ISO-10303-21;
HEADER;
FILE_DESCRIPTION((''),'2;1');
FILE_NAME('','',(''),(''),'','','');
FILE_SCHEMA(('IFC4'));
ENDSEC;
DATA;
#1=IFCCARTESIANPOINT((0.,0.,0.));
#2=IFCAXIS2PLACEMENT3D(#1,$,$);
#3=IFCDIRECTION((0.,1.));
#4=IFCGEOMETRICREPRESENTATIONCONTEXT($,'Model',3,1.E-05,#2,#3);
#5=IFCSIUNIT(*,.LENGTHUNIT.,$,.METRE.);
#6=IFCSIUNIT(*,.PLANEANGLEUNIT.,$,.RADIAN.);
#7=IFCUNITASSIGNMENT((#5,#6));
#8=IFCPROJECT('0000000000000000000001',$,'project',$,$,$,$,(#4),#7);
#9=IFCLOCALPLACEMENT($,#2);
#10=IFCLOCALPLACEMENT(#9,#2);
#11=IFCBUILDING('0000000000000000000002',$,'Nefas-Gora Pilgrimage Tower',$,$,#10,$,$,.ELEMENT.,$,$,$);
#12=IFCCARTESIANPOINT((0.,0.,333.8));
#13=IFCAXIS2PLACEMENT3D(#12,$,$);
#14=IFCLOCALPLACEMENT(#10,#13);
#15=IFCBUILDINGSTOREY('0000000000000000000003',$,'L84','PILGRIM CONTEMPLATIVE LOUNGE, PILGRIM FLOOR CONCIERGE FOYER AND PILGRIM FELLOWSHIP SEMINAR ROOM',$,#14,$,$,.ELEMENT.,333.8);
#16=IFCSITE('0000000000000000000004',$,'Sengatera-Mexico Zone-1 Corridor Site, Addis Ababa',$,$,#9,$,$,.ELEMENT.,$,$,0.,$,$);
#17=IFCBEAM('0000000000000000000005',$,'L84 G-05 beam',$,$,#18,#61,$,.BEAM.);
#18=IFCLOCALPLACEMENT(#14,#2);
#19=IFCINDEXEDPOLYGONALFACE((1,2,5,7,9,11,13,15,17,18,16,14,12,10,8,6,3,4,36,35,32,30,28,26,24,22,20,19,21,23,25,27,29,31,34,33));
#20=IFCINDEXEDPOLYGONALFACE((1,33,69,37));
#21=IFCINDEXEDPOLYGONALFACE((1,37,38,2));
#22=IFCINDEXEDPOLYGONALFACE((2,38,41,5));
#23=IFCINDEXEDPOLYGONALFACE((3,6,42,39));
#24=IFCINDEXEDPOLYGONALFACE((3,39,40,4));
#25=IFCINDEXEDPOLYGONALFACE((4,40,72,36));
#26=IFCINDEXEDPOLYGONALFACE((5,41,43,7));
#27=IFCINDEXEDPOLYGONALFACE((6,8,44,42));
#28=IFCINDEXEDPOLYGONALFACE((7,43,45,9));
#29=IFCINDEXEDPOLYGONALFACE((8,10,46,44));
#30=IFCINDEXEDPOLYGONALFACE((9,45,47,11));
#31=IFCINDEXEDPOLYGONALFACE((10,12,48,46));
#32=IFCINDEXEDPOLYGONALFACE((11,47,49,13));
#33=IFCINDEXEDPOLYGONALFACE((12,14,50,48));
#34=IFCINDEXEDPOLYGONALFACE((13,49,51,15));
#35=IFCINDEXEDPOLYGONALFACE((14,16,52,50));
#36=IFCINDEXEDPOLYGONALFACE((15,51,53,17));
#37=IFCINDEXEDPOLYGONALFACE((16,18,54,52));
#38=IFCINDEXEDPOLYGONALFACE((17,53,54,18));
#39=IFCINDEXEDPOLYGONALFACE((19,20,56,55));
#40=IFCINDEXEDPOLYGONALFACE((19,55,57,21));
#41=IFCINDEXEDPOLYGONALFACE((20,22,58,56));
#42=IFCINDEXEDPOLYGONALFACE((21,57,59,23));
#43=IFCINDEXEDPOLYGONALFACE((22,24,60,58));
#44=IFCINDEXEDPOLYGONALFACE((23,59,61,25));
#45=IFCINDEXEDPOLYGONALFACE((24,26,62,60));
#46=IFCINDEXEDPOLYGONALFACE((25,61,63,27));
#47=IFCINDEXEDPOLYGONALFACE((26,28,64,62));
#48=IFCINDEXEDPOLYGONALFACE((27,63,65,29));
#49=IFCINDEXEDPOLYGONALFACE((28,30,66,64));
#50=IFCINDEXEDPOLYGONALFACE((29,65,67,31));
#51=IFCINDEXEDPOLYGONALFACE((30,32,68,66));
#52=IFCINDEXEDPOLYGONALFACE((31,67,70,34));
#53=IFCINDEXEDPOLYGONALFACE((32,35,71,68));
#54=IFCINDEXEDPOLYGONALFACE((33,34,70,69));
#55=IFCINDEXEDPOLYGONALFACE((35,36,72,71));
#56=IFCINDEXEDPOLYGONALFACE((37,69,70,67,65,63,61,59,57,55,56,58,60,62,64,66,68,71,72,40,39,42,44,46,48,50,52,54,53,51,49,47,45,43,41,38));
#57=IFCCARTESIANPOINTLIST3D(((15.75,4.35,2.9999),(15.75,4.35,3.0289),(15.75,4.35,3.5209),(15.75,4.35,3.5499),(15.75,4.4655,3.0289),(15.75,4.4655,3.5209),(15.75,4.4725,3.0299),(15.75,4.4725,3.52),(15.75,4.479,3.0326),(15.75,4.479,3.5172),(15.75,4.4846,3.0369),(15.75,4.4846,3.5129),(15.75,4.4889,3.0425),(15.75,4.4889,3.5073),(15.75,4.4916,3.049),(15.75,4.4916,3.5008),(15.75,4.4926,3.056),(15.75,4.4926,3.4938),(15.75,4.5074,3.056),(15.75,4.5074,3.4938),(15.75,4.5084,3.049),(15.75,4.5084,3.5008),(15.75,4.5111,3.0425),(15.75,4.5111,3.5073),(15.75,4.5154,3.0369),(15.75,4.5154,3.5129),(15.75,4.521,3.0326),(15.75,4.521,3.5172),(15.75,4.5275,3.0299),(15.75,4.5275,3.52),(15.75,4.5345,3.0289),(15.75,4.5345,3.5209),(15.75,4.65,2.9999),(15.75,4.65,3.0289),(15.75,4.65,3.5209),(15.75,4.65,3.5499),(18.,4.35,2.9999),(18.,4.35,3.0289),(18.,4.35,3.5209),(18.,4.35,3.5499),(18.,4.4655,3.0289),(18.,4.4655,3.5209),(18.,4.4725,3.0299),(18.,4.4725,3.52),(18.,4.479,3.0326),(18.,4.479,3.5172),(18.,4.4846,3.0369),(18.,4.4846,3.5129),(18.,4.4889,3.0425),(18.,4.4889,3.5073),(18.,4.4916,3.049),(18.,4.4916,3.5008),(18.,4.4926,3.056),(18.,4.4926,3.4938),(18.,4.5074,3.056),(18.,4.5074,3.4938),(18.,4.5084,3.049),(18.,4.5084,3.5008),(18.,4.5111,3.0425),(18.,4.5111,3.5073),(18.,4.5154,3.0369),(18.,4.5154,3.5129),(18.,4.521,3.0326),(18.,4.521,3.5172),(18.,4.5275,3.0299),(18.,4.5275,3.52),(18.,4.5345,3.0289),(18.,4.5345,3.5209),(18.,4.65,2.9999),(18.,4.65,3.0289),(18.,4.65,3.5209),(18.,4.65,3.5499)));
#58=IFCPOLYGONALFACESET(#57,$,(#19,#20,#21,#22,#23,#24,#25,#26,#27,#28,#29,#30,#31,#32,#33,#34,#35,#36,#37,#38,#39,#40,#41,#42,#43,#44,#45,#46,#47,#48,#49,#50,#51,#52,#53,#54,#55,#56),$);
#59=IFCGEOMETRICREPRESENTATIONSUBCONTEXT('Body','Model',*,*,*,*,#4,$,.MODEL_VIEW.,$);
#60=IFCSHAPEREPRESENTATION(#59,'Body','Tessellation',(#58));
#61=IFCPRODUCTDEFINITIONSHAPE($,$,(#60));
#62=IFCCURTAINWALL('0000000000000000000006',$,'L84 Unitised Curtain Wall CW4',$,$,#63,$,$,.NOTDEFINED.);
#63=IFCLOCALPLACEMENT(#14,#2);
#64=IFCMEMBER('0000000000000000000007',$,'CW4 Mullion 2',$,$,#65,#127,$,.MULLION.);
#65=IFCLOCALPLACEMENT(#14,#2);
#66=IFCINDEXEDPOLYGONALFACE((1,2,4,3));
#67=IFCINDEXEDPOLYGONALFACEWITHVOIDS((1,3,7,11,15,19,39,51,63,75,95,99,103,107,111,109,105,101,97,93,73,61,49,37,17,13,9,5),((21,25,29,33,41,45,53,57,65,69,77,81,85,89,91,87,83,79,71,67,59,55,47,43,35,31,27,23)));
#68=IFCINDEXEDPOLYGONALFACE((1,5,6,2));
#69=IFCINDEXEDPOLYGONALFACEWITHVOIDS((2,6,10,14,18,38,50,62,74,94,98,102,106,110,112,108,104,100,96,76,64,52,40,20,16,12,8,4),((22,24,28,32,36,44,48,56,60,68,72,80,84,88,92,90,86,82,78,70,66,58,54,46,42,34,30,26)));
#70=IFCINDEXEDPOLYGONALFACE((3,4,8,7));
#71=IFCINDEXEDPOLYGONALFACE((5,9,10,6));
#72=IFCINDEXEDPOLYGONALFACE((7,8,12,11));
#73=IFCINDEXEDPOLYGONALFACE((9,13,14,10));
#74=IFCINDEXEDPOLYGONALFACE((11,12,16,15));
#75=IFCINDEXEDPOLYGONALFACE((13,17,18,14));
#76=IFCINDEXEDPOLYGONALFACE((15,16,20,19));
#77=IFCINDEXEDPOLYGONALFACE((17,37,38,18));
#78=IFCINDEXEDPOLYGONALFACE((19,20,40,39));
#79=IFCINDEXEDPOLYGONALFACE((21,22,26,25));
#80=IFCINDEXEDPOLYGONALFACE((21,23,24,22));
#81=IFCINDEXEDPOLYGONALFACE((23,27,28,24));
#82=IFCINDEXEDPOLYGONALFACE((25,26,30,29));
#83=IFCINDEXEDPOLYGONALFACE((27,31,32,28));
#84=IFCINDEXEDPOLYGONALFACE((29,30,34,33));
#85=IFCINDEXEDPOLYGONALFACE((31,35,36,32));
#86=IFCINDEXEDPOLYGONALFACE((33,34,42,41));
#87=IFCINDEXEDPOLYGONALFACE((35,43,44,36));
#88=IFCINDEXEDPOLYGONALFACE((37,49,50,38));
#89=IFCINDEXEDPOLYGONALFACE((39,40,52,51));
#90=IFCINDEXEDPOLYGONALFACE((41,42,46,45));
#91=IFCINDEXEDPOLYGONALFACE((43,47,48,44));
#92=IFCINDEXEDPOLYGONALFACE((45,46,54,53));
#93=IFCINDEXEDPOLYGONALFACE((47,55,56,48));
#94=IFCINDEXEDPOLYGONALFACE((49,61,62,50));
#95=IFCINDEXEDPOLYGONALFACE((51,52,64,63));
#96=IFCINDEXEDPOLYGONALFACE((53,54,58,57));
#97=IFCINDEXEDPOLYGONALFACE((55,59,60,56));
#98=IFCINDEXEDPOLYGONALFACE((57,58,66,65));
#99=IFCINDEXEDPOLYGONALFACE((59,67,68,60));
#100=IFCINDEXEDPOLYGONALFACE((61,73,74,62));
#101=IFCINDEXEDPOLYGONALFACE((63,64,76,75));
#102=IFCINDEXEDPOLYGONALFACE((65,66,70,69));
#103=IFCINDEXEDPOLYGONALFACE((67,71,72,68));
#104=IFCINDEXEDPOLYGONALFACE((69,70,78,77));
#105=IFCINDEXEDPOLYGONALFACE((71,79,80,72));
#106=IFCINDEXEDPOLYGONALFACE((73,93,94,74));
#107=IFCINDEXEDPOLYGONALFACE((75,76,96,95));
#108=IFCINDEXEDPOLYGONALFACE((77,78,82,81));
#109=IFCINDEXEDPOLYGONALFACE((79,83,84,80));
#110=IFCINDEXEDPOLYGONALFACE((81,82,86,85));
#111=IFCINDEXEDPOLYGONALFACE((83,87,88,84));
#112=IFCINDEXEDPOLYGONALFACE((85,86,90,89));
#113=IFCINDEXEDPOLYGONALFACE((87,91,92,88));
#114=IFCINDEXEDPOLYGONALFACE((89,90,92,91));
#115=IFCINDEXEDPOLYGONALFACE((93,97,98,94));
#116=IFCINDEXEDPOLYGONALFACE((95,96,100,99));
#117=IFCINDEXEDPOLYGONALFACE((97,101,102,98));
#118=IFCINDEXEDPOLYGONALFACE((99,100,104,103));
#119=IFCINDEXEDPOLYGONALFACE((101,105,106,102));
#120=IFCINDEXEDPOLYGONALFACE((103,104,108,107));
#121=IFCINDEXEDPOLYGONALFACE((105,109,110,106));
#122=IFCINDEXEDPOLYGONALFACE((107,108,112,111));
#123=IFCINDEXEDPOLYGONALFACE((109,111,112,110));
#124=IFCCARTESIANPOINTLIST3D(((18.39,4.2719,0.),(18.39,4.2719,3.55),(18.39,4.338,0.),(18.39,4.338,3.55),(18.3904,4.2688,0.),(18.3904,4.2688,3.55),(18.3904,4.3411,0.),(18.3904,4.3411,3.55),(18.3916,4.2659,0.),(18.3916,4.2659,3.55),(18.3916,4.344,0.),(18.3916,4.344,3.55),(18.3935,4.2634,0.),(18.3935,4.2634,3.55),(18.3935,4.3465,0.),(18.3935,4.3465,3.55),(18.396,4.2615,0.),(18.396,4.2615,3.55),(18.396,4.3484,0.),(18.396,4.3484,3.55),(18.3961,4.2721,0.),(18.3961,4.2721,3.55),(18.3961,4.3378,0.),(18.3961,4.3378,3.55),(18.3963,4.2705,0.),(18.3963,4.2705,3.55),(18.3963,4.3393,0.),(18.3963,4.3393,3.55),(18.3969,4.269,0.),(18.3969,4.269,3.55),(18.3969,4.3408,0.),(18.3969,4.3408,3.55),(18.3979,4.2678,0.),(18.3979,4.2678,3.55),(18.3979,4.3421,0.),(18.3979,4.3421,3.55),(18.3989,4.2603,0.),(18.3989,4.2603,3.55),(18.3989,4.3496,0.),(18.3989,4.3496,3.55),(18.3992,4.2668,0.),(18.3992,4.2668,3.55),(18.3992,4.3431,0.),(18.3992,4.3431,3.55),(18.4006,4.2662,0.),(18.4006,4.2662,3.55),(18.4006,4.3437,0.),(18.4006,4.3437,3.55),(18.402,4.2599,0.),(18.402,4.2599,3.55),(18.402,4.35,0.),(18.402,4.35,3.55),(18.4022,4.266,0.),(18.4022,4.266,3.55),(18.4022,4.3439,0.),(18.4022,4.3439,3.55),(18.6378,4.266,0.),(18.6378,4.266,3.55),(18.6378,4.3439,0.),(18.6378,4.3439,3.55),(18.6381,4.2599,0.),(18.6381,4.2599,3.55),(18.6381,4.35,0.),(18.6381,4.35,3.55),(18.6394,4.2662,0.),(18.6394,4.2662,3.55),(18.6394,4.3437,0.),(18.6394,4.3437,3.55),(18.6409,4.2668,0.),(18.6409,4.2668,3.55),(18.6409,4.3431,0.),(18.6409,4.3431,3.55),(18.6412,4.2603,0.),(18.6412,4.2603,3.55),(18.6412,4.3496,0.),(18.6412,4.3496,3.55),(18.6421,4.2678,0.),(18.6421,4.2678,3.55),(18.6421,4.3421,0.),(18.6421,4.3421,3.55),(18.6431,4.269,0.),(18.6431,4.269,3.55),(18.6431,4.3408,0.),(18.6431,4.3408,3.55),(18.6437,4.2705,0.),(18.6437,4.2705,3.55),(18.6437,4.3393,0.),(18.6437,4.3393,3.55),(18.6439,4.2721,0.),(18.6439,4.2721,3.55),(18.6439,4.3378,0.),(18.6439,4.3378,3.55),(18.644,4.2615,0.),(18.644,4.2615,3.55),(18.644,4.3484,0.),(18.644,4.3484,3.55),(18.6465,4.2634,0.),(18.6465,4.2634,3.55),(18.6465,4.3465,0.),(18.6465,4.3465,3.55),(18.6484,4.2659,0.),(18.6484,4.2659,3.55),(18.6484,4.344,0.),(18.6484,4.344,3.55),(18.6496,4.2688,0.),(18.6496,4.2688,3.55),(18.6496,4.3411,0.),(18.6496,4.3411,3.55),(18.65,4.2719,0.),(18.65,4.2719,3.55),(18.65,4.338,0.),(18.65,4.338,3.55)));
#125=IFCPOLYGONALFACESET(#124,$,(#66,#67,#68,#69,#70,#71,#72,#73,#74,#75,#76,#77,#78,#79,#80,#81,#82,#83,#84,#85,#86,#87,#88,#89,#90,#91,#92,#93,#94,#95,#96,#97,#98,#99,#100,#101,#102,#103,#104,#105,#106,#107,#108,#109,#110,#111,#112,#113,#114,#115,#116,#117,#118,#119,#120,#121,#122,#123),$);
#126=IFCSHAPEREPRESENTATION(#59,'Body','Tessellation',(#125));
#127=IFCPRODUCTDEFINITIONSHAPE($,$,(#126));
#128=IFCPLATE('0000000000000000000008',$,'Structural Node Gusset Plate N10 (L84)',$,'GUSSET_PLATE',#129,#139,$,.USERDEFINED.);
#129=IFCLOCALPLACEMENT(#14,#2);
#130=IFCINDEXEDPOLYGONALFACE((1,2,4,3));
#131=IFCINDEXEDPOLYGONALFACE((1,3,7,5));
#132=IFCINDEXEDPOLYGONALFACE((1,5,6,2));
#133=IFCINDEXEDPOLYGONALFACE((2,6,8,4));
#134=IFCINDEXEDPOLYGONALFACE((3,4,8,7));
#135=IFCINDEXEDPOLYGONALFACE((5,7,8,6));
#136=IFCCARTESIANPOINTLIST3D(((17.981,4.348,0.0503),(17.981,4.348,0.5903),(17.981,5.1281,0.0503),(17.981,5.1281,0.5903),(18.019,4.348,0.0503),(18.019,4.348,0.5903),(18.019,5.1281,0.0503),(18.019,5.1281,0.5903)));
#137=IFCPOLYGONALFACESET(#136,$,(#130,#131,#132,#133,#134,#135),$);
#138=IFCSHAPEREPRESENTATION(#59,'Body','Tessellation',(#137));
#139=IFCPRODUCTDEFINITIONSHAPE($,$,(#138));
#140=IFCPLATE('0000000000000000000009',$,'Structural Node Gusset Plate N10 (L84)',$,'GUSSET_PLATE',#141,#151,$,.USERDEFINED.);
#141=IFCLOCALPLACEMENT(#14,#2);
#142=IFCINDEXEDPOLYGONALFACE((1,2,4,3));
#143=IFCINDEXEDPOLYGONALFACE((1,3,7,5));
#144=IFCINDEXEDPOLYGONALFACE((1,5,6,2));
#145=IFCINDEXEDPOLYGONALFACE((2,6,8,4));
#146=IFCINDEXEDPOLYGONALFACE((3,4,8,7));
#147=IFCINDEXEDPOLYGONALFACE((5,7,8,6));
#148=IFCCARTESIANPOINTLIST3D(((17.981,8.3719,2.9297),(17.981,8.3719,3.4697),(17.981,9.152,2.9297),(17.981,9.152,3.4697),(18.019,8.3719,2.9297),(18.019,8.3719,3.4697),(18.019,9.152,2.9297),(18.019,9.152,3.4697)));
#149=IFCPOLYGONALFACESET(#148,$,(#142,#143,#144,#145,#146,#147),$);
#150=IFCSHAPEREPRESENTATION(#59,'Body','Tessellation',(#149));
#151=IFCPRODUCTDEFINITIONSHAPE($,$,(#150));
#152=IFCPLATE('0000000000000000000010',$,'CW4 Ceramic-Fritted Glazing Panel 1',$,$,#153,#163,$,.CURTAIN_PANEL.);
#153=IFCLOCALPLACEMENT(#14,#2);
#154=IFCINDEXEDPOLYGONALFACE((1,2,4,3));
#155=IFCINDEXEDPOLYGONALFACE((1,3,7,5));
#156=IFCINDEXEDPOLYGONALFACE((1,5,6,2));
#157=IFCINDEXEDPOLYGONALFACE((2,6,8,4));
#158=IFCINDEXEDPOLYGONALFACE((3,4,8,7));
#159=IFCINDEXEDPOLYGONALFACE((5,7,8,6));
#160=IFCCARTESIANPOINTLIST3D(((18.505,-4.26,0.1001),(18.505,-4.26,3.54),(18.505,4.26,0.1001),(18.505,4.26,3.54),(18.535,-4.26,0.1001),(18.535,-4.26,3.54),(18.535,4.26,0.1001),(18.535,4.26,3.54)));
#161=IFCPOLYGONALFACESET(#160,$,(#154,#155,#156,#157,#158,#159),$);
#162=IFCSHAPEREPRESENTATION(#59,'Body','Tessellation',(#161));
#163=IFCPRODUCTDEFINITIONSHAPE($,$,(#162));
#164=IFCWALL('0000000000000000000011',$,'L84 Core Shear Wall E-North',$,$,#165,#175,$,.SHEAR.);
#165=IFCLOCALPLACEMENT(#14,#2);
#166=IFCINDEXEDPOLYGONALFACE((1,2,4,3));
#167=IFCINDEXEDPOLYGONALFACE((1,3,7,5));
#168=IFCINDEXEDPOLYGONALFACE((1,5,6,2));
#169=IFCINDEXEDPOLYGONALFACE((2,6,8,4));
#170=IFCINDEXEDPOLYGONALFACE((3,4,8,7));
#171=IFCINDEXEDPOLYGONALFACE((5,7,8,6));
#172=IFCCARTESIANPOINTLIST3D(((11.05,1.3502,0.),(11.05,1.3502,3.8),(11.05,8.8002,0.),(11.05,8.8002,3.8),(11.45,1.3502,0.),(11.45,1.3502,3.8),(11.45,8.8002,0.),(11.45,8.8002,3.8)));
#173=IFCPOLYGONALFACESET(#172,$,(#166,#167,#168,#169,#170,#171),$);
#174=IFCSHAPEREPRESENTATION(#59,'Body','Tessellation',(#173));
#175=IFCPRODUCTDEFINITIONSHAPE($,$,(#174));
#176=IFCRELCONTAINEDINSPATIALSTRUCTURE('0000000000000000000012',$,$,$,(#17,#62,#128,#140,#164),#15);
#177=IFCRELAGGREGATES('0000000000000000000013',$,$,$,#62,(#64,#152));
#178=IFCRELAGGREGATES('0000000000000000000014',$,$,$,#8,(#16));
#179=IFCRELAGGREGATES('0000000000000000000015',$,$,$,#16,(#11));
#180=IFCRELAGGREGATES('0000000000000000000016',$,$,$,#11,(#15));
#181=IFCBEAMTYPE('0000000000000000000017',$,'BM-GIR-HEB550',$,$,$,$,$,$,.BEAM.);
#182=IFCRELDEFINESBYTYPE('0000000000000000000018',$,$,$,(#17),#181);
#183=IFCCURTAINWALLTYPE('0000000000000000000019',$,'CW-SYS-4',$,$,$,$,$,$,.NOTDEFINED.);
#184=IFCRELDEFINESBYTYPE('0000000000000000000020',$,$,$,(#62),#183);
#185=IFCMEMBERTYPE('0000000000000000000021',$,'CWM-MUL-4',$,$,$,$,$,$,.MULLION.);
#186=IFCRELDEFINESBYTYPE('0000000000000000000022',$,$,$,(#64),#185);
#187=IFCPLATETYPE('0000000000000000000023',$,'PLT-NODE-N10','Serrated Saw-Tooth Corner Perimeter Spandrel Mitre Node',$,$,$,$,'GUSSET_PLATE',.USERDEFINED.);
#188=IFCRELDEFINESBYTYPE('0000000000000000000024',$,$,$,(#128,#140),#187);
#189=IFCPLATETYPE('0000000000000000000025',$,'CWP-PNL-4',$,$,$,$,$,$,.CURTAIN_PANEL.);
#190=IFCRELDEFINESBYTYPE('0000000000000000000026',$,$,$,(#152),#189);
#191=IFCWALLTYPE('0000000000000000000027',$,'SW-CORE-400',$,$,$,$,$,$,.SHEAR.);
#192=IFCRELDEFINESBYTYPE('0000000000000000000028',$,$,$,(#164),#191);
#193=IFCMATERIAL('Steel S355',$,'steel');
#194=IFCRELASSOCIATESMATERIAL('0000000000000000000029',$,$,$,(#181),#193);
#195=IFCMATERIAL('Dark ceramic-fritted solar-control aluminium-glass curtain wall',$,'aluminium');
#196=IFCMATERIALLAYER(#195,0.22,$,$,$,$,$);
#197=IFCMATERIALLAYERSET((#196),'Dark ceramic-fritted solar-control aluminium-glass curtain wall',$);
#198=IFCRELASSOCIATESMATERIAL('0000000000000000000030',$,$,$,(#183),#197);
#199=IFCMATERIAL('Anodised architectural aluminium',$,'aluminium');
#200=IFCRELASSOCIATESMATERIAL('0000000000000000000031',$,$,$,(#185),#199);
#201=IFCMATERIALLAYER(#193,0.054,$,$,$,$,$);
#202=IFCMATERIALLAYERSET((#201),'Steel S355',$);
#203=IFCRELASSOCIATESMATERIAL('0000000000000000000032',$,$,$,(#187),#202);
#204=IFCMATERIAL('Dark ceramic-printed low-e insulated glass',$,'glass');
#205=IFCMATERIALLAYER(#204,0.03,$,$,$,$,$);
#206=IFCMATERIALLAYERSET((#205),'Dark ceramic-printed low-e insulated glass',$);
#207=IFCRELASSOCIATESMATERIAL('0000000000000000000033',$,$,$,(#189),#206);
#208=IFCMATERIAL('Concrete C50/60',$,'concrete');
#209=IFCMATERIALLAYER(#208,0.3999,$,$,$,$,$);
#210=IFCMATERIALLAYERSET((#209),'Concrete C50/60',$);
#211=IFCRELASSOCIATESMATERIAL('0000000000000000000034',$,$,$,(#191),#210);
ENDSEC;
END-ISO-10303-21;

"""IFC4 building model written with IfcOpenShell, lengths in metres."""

from ifc_helpers import new_model, si_unit, direction, frame, frame_2d, origin, origin_2d, place, context, subcontext, project, spatial, rectangle, hollow_rectangle, i_section, extrude, source, transform, mapped, material, layer, layer_set, material_profile, profile_set, type_object, element, aggregate, save


model = new_model("IFC4")

# Units and contexts
model_context = context("Model", 3, precision=1e-05, world=origin(), true_north=direction((0.0, 1.0)))
body_context = subcontext(model_context, "Body", "Model", "MODEL_VIEW")
ifc_project = project(units=[si_unit("LENGTHUNIT", "METRE"), si_unit("PLANEANGLEUNIT", "RADIAN")], contexts=[model_context])

# Site, building, storey
site_placement = place(None, origin())
site = spatial("IfcSite", under=ifc_project, at=site_placement, Name="Sengatera-Mexico Zone-1 Corridor Site, Addis Ababa", CompositionType="ELEMENT", RefElevation=0.0)
building_placement = place(site_placement, origin())
building = spatial("IfcBuilding", under=site, at=building_placement, Name="Nefas-Gora Pilgrimage Tower", CompositionType="ELEMENT")
storey_placement = place(building_placement, frame((0.0, 0.0, 333.8)))
storey = spatial("IfcBuildingStorey", under=building, at=storey_placement, Name="L84", Description="PILGRIM CONTEMPLATIVE LOUNGE, PILGRIM FLOOR CONCIERGE FOYER AND PILGRIM FELLOWSHIP SEMINAR ROOM", CompositionType="ELEMENT", Elevation=333.8)

# Shared definitions
ifc_material_1 = material(Name="Steel S355", Category="steel")

# Beam
ifc_material_profile_1 = material_profile(ifc_material_1, i_section(OverallWidth=0.3, OverallDepth=0.55, WebThickness=0.0149, FlangeThickness=0.0291, FilletRadius=0.0271, at=origin_2d()), Name="HEB 550")
ifc_profile_set_1 = profile_set([ifc_material_profile_1], Name="Steel S355")
beam_type_1 = type_object("IfcBeamType", Name="BM-GIR-HEB550", PredefinedType="BEAM", material=ifc_profile_set_1)
shared_shape_1 = source(origin(), body_context, "Body", "SweptSolid", [
    extrude(i_section(OverallWidth=0.3, OverallDepth=0.55, WebThickness=0.0149, FlangeThickness=0.0291, FilletRadius=0.0271, at=origin_2d()), origin(), (0.0, 0.0, 1.0), 2.25),
])
for number, where, z_axis, x_axis, name in (
    (1, (15.75, 4.5, 3.2749), (1.0, 0.0, 0.0), (0.0, 1.0, 0.0), "L84 G-05 beam"),
):
    element("IfcBeam", number, at=place(storey_placement, frame(where, z_axis=z_axis, x_axis=x_axis)), inside=storey, type_object=beam_type_1, Name=name, PredefinedType="BEAM", context=body_context, shape_type="MappedRepresentation", body=[
        mapped(shared_shape_1, transform((0.0, 0.0, 0.0), x_axis=(1.0, 0.0, 0.0), y_axis=(0.0, 1.0, 0.0), z_axis=(0.0, 0.0, 1.0), scale=1.0)),
    ])

# Curtain wall, member
ifc_material_2 = material(Name="Dark ceramic-fritted solar-control aluminium-glass curtain wall", Category="aluminium")
ifc_layer_1 = layer(ifc_material_2, 0.22)
ifc_layer_set_1 = layer_set([ifc_layer_1], Name="Dark ceramic-fritted solar-control aluminium-glass curtain wall")
curtain_wall_type = type_object("IfcCurtainWallType", Name="CW-SYS-4", PredefinedType="NOTDEFINED", material=ifc_layer_set_1)
curtain_wall_placement = place(storey_placement, origin())
curtain_wall = element("IfcCurtainWall", 2, at=curtain_wall_placement, inside=storey, type_object=curtain_wall_type, Name="L84 Unitised Curtain Wall CW4", PredefinedType="NOTDEFINED")
ifc_material_3 = material(Name="Anodised architectural aluminium", Category="aluminium")
ifc_material_profile_2 = material_profile(ifc_material_3, hollow_rectangle(XDim=0.0901, YDim=0.26, WallThickness=0.0061, InnerFilletRadius=0.0061, OuterFilletRadius=0.012, at=origin_2d()), Name="ALU MULLION 90x260")
ifc_profile_set_2 = profile_set([ifc_material_profile_2], Name="Anodised architectural aluminium")
member_type_1 = type_object("IfcMemberType", Name="CWM-MUL-4", PredefinedType="MULLION", material=ifc_profile_set_2)
shared_shape_2 = source(origin(), body_context, "Body", "SweptSolid", [
    extrude(hollow_rectangle(XDim=0.0901, YDim=0.26, WallThickness=0.0061, InnerFilletRadius=0.0061, OuterFilletRadius=0.012, at=origin_2d()), origin(), (0.0, 0.0, 1.0), 3.55),
])
member_1_placement = place(storey_placement, frame((18.52, 4.3049, 0.0), z_axis=(0.0, 0.0, 1.0), x_axis=(0.0, 1.0, 0.0)))
member_1 = element("IfcMember", 3, at=member_1_placement, type_object=member_type_1, Name="CW4 Mullion 2", PredefinedType="MULLION", context=body_context, shape_type="MappedRepresentation", body=[
    mapped(shared_shape_2, transform((0.0, 0.0, 0.0), x_axis=(1.0, 0.0, 0.0), y_axis=(0.0, 1.0, 0.0), z_axis=(0.0, 0.0, 1.0), scale=1.0)),
])

# Plates
ifc_layer_2 = layer(ifc_material_1, 0.054)
ifc_layer_set_2 = layer_set([ifc_layer_2], Name="Steel S355")
plate_type_1 = type_object("IfcPlateType", Name="PLT-NODE-N10", Description="Serrated Saw-Tooth Corner Perimeter Spandrel Mitre Node", ElementType="GUSSET_PLATE", PredefinedType="USERDEFINED", material=ifc_layer_set_2)
shared_shape_3 = source(origin(), body_context, "Body", "SweptSolid", [
    extrude(rectangle(XDim=0.78, YDim=0.0381, at=origin_2d()), origin(), (0.0, 0.0, 1.0), 0.54),
])
for number, where, z_axis, x_axis, name in (
    (4, (18.0, 4.738, 0.0503), (0.0, 0.0, 1.0), (0.0, 1.0, 0.0), "Structural Node Gusset Plate N10 (L84)"),
    (5, (18.0, 8.762, 2.9297), (0.0, 0.0, 1.0), (0.0, 1.0, 0.0), "Structural Node Gusset Plate N10 (L84)"),
):
    element("IfcPlate", number, at=place(storey_placement, frame(where, z_axis=z_axis, x_axis=x_axis)), inside=storey, type_object=plate_type_1, Name=name, ObjectType="GUSSET_PLATE", PredefinedType="USERDEFINED", context=body_context, shape_type="MappedRepresentation", body=[
        mapped(shared_shape_3, transform((0.0, 0.0, 0.0), x_axis=(1.0, 0.0, 0.0), y_axis=(0.0, 1.0, 0.0), z_axis=(0.0, 0.0, 1.0), scale=1.0)),
    ])

# Plate
ifc_material_4 = material(Name="Dark ceramic-printed low-e insulated glass", Category="glass")
ifc_layer_3 = layer(ifc_material_4, 0.03)
ifc_layer_set_3 = layer_set([ifc_layer_3], Name="Dark ceramic-printed low-e insulated glass")
plate_type_2 = type_object("IfcPlateType", Name="CWP-PNL-4", PredefinedType="CURTAIN_PANEL", material=ifc_layer_set_3)
shared_shape_4 = source(origin(), body_context, "Body", "SweptSolid", [
    extrude(rectangle(XDim=8.52, YDim=0.03, at=origin_2d()), origin(), (0.0, 0.0, 1.0), 3.4399),
])
plate_placement = place(storey_placement, frame((18.52, 0.0, 0.1001), z_axis=(0.0, 0.0, 1.0), x_axis=(0.0, 1.0, 0.0)))
plate = element("IfcPlate", 6, at=plate_placement, type_object=plate_type_2, Name="CW4 Ceramic-Fritted Glazing Panel 1", PredefinedType="CURTAIN_PANEL", context=body_context, shape_type="MappedRepresentation", body=[
    mapped(shared_shape_4, transform((0.0, 0.0, 0.0), x_axis=(1.0, 0.0, 0.0), y_axis=(0.0, 1.0, 0.0), z_axis=(0.0, 0.0, 1.0), scale=1.0)),
])
aggregate(curtain_wall, [member_1, plate])

# Wall
ifc_material_5 = material(Name="Concrete C50/60", Category="concrete")
ifc_layer_4 = layer(ifc_material_5, 0.3999)
ifc_layer_set_4 = layer_set([ifc_layer_4], Name="Concrete C50/60")
wall_type_1 = type_object("IfcWallType", Name="SW-CORE-400", PredefinedType="SHEAR", material=ifc_layer_set_4)
shared_shape_5 = source(origin(), body_context, "Body", "SweptSolid", [
    extrude(rectangle(XDim=7.45, YDim=0.3999, at=frame_2d((3.7251, 0.0))), origin(), (0.0, 0.0, 1.0), 3.8),
])
wall_1_placement = place(storey_placement, frame((11.25, 1.3501, 0.0), z_axis=(0.0, 0.0, 1.0), x_axis=(0.0, 1.0, 0.0)))
element("IfcWall", 7, at=wall_1_placement, inside=storey, type_object=wall_type_1, Name="L84 Core Shear Wall E-North", PredefinedType="SHEAR", context=body_context, shape_type="MappedRepresentation", body=[
    mapped(shared_shape_5, transform((0.0, 0.0, 0.0), x_axis=(1.0, 0.0, 0.0), y_axis=(0.0, 1.0, 0.0), z_axis=(0.0, 0.0, 1.0), scale=1.0)),
])

save(model, "model.ifc")
